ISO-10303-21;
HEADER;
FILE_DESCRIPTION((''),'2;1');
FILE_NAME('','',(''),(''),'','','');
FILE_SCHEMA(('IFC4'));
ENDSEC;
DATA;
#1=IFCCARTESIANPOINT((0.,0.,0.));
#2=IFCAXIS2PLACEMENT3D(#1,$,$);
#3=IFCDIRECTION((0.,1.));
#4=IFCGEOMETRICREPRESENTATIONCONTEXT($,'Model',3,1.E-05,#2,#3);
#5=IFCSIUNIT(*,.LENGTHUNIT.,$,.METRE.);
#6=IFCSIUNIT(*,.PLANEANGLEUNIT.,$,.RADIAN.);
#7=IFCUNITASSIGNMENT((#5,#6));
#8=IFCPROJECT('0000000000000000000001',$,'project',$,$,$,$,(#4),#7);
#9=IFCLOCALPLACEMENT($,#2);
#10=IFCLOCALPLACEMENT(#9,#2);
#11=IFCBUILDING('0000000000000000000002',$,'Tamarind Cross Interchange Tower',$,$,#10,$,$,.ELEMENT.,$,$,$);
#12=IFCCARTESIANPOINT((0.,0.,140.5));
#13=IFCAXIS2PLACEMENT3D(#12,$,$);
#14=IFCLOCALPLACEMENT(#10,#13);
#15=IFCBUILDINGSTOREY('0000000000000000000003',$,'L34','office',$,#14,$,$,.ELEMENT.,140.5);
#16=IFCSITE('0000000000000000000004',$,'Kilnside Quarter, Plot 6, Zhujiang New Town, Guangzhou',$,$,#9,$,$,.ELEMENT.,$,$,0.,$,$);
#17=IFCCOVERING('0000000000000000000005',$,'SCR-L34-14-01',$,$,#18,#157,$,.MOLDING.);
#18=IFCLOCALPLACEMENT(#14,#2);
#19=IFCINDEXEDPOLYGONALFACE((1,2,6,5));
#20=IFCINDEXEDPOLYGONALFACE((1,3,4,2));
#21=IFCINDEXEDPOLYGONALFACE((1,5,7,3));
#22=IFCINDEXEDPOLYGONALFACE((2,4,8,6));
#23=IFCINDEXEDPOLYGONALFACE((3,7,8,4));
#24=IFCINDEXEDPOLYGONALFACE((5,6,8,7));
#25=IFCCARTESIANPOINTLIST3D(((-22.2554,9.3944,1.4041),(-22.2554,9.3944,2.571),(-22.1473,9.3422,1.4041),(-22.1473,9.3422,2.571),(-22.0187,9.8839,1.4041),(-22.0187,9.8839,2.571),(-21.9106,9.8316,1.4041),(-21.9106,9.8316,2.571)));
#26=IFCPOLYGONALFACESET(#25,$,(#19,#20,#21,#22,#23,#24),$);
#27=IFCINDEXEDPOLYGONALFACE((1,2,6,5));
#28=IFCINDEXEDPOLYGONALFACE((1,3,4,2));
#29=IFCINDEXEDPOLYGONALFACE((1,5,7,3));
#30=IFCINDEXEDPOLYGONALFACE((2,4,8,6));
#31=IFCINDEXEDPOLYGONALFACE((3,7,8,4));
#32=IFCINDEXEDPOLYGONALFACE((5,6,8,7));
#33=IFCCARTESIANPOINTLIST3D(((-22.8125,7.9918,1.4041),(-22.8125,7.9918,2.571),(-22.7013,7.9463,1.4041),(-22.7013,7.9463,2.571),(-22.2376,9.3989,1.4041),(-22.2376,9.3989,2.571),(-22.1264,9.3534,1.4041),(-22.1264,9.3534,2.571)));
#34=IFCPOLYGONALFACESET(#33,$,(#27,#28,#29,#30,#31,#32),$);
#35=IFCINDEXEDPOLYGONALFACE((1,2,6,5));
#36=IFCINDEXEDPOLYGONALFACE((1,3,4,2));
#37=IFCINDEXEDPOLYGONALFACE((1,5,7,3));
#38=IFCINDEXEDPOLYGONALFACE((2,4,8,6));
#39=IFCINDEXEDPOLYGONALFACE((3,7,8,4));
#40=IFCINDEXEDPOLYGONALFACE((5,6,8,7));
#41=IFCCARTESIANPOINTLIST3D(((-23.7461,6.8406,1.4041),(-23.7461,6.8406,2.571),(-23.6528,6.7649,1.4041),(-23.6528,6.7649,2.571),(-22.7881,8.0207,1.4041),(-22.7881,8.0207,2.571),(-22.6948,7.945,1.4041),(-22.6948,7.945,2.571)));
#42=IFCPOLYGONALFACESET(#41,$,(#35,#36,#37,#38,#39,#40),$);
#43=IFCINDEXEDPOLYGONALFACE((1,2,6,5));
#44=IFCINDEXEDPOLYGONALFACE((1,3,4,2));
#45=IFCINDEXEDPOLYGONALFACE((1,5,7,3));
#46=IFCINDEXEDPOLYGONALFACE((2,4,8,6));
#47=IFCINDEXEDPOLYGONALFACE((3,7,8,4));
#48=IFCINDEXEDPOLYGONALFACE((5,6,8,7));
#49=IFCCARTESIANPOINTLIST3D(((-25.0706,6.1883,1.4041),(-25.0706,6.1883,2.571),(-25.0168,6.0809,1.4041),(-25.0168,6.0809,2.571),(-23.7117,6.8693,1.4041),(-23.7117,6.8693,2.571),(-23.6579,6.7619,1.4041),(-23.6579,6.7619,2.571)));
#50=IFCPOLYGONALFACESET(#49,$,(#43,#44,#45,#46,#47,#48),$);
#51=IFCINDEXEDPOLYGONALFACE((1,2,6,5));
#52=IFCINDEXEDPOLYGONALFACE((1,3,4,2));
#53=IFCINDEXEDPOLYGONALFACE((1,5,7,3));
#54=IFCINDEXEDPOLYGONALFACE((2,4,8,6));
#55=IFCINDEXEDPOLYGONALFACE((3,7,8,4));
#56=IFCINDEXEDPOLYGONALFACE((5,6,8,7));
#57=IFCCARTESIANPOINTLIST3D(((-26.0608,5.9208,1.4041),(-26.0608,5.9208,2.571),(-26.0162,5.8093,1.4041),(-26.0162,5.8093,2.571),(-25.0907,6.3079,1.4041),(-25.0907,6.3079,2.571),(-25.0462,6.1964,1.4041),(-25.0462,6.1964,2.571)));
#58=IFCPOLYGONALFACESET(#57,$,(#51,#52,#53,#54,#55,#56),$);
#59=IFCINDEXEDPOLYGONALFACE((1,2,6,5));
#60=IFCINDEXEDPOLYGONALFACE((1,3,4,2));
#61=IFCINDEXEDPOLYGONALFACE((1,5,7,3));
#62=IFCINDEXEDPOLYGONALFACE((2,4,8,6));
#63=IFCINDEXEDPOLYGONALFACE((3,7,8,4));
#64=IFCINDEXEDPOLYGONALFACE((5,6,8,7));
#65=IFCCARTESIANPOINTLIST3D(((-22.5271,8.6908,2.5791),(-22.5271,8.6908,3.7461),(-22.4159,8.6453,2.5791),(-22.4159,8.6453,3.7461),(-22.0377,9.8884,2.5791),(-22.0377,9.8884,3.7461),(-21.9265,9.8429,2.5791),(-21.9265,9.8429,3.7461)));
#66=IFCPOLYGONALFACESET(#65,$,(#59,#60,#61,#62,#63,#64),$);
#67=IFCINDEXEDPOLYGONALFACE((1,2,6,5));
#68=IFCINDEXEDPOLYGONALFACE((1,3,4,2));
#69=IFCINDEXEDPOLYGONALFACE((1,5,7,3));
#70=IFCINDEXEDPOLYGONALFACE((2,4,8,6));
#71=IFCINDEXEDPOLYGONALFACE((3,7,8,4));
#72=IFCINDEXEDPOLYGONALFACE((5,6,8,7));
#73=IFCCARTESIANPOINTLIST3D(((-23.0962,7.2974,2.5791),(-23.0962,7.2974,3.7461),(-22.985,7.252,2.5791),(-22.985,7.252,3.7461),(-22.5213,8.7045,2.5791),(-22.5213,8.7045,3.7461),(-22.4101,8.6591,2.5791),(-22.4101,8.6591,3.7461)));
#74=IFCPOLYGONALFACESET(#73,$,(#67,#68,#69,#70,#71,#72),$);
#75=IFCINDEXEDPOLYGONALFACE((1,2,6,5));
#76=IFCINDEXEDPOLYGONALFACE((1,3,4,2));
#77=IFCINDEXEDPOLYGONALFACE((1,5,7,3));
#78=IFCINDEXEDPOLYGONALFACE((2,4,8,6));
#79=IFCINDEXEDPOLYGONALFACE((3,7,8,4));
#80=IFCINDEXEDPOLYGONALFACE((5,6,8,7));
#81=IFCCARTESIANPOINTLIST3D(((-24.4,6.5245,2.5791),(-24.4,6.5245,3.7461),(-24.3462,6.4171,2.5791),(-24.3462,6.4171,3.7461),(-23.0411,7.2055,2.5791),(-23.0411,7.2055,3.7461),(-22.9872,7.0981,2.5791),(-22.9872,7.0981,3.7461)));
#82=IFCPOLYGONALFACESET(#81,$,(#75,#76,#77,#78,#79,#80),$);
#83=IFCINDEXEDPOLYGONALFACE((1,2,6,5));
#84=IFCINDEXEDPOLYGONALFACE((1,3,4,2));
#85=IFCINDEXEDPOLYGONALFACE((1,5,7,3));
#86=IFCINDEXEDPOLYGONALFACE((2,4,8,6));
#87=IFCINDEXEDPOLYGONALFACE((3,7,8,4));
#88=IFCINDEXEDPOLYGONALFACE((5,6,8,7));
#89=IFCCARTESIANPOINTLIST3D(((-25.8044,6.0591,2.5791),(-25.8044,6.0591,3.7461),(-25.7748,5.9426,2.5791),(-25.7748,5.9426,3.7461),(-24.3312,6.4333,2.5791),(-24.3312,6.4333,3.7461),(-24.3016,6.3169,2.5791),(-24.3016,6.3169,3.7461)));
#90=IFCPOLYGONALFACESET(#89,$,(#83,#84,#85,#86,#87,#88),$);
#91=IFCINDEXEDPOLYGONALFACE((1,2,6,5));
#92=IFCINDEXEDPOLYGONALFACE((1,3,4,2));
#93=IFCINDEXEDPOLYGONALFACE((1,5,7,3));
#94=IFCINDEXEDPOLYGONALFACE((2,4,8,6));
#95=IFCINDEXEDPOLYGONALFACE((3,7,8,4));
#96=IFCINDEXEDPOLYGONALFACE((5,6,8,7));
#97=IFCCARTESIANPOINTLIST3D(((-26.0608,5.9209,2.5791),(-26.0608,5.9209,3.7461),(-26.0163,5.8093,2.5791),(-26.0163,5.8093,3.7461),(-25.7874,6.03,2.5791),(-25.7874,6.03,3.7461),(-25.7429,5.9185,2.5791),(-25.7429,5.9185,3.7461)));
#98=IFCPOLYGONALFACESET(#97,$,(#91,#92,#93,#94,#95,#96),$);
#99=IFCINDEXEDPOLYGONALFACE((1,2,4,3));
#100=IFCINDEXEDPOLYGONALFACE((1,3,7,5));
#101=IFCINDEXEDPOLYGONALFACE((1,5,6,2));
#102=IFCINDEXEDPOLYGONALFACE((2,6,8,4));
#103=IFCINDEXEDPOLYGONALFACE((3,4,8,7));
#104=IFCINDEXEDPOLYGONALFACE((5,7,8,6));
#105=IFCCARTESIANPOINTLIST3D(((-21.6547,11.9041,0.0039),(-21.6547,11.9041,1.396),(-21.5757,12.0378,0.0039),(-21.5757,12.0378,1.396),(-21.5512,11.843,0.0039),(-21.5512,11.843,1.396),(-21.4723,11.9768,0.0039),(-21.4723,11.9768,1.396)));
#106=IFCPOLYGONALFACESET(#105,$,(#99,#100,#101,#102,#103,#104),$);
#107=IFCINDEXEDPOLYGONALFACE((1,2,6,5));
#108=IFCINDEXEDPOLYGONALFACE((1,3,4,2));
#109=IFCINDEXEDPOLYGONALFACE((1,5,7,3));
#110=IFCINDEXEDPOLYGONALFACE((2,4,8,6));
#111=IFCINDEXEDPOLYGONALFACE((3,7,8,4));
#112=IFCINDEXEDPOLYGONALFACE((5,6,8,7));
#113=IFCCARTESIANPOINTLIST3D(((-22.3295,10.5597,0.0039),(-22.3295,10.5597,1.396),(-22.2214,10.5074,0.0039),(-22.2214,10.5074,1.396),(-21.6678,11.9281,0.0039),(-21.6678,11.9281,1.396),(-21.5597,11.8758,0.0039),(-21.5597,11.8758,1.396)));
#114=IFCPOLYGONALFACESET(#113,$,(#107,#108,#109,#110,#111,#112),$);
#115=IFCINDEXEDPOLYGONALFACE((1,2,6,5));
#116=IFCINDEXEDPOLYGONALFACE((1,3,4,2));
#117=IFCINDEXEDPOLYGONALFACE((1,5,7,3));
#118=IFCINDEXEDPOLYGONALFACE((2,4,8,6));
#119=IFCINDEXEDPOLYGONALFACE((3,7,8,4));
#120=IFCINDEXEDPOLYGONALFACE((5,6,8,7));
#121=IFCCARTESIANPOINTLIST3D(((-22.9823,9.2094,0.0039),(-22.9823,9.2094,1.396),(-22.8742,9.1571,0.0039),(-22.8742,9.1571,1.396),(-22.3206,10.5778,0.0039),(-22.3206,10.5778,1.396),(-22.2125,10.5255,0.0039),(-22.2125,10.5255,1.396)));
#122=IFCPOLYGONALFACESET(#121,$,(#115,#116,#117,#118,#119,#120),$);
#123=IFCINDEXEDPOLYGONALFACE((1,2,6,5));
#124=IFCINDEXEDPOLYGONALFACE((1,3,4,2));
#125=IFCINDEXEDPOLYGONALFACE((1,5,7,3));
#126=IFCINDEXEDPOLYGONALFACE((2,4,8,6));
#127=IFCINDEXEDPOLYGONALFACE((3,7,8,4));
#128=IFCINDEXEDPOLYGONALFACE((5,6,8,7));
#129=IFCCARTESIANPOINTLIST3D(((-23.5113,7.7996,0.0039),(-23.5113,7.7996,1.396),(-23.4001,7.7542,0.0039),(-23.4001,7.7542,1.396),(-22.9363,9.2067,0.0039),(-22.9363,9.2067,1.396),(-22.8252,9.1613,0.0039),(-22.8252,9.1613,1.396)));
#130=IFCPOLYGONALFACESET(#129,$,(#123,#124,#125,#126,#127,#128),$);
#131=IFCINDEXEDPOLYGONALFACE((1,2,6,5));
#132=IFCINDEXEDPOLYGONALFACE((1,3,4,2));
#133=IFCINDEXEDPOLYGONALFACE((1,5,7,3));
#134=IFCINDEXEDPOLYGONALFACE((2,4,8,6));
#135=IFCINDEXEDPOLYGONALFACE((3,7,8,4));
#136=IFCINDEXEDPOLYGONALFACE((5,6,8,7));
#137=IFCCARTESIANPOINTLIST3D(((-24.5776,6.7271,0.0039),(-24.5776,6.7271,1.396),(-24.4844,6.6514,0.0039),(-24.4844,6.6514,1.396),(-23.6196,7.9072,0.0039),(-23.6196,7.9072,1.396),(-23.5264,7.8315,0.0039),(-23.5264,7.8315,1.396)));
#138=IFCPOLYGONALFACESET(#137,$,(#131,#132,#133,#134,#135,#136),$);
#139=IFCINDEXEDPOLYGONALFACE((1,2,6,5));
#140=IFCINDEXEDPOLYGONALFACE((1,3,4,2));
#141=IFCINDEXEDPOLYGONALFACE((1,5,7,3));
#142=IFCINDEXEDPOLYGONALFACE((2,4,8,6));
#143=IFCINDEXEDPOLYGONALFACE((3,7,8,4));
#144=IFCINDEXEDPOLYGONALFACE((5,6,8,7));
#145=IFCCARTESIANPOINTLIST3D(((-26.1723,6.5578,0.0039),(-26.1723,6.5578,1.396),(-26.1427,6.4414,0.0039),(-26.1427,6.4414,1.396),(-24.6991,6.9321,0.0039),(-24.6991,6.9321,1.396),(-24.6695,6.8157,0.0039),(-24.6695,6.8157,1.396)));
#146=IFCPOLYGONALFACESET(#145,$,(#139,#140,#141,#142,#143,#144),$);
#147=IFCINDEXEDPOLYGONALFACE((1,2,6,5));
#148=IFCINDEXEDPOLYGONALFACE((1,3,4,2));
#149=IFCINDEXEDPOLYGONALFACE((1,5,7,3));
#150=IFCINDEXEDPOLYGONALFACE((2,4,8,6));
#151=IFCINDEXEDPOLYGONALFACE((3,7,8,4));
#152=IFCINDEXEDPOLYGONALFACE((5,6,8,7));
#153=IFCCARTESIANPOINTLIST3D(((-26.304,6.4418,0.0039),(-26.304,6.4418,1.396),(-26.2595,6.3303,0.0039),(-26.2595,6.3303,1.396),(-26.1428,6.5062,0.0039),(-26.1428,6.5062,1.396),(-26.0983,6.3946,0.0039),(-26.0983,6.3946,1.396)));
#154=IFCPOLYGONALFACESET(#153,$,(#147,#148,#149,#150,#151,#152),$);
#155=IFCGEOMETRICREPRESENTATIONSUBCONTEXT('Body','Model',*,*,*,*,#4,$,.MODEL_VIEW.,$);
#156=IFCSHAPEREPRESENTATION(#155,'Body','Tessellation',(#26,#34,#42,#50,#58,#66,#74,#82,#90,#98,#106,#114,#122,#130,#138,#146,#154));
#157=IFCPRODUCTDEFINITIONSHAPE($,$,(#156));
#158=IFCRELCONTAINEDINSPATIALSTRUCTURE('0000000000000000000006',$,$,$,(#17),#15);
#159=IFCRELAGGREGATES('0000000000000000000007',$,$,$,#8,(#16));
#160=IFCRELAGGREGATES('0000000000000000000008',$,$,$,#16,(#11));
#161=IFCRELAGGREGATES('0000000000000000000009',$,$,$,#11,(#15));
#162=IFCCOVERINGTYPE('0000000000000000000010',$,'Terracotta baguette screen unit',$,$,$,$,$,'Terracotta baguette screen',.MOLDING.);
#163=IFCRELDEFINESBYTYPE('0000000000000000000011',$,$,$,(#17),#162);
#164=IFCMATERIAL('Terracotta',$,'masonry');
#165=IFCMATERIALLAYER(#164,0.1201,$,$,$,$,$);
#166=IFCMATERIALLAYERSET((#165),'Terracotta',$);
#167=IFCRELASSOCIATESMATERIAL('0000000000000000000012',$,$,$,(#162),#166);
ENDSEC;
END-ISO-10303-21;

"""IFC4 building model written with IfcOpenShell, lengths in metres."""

from ifc_helpers import new_model, si_unit, direction, frame, origin, origin_2d, place, context, subcontext, project, spatial, rectangle, extrude, material, layer, layer_set, type_object, element, save


model = new_model("IFC4")

# Units and contexts
model_context = context("Model", 3, precision=1e-05, world=origin(), true_north=direction((0.0, 1.0)))
body_context = subcontext(model_context, "Body", "Model", "MODEL_VIEW")
ifc_project = project(units=[si_unit("LENGTHUNIT", "METRE"), si_unit("PLANEANGLEUNIT", "RADIAN")], contexts=[model_context])

# Site, building, storey
site_placement = place(None, origin())
site = spatial("IfcSite", under=ifc_project, at=site_placement, Name="Kilnside Quarter, Plot 6, Zhujiang New Town, Guangzhou", CompositionType="ELEMENT", RefElevation=0.0)
building_placement = place(site_placement, origin())
building = spatial("IfcBuilding", under=site, at=building_placement, Name="Tamarind Cross Interchange Tower", CompositionType="ELEMENT")
storey_placement = place(building_placement, frame((0.0, 0.0, 140.5)))
storey = spatial("IfcBuildingStorey", under=building, at=storey_placement, Name="L34", Description="office", CompositionType="ELEMENT", Elevation=140.5)

# Covering
ifc_material_1 = material(Name="Terracotta", Category="masonry")
ifc_layer_1 = layer(ifc_material_1, 0.1201)
ifc_layer_set_1 = layer_set([ifc_layer_1], Name="Terracotta")
covering_type = type_object("IfcCoveringType", Name="Terracotta baguette screen unit", ElementType="Terracotta baguette screen", PredefinedType="MOLDING", material=ifc_layer_set_1)
covering_1_placement = place(storey_placement, origin())
element("IfcCovering", 1, at=covering_1_placement, inside=storey, type_object=covering_type, Name="SCR-L34-14-01", PredefinedType="MOLDING", context=body_context, shape_type="SweptSolid", body=[
    extrude(rectangle(XDim=0.5437, YDim=0.1201, at=origin_2d()), frame((-22.083, 9.613, 1.4041), z_axis=(0.0, 0.0, 1.0), x_axis=(-0.435326, -0.900273, 0.0)), (0.0, 0.0, 1.0), 1.167),
    extrude(rectangle(XDim=1.52, YDim=0.1201, at=origin_2d()), frame((-22.4695, 8.6726, 1.4041), z_axis=(0.0, 0.0, 1.0), x_axis=(-0.378237, -0.925709, 0.0)), (0.0, 0.0, 1.0), 1.167),
    extrude(rectangle(XDim=1.52, YDim=0.1201, at=origin_2d()), frame((-23.2205, 7.3928, 1.4041), z_axis=(0.0, 0.0, 1.0), x_axis=(-0.630279, -0.776369, 0.0)), (0.0, 0.0, 1.0), 1.167),
    extrude(rectangle(XDim=1.52, YDim=0.1201, at=origin_2d()), frame((-24.3643, 6.4751, 1.4041), z_axis=(0.0, 0.0, 1.0), x_axis=(-0.894011, -0.448045, 0.0)), (0.0, 0.0, 1.0), 1.167),
    extrude(rectangle(XDim=1.0444, YDim=0.1201, at=origin_2d()), frame((-25.5535, 6.0586, 1.4041), z_axis=(0.0, 0.0, 1.0), x_axis=(-0.928781, -0.370629, 0.0)), (0.0, 0.0, 1.0), 1.167),
    extrude(rectangle(XDim=1.2937, YDim=0.1201, at=origin_2d()), frame((-22.2268, 9.2668, 2.5791), z_axis=(0.0, 0.0, 1.0), x_axis=(-0.378237, -0.925709, 0.0)), (0.0, 0.0, 1.0), 1.167),
    extrude(rectangle(XDim=1.52, YDim=0.1201, at=origin_2d()), frame((-22.7532, 7.9783, 2.5791), z_axis=(0.0, 0.0, 1.0), x_axis=(-0.378237, -0.925709, 0.0)), (0.0, 0.0, 1.0), 1.167),
    extrude(rectangle(XDim=1.52, YDim=0.1201, at=origin_2d()), frame((-23.6936, 6.8113, 2.5791), z_axis=(0.0, 0.0, 1.0), x_axis=(-0.894011, -0.448045, 0.0)), (0.0, 0.0, 1.0), 1.167),
    extrude(rectangle(XDim=1.52, YDim=0.1201, at=origin_2d()), frame((-25.053, 6.188, 2.5791), z_axis=(0.0, 0.0, 1.0), x_axis=(-0.969212, -0.246228, 0.0)), (0.0, 0.0, 1.0), 1.167),
    extrude(rectangle(XDim=0.2944, YDim=0.1201, at=origin_2d()), frame((-25.9019, 5.9197, 2.5791), z_axis=(0.0, 0.0, 1.0), x_axis=(-0.928781, -0.370629, 0.0)), (0.0, 0.0, 1.0), 1.167),
    extrude(rectangle(XDim=0.1553, YDim=0.1201, at=origin_2d()), frame((-21.5635, 11.9404, 0.0039), z_axis=(0.0, 0.0, 1.0), x_axis=(-0.508183, -0.861249, 0.0)), (0.0, 0.0, 1.0), 1.3921),
    extrude(rectangle(XDim=1.52, YDim=0.1201, at=origin_2d()), frame((-21.9446, 11.2178, 0.0039), z_axis=(0.0, 0.0, 1.0), x_axis=(-0.435326, -0.900273, 0.0)), (0.0, 0.0, 1.0), 1.3921),
    extrude(rectangle(XDim=1.52, YDim=0.1201, at=origin_2d()), frame((-22.5974, 9.8674, 0.0039), z_axis=(0.0, 0.0, 1.0), x_axis=(-0.435326, -0.900273, 0.0)), (0.0, 0.0, 1.0), 1.3921),
    extrude(rectangle(XDim=1.52, YDim=0.1201, at=origin_2d()), frame((-23.1682, 8.4805, 0.0039), z_axis=(0.0, 0.0, 1.0), x_axis=(-0.378237, -0.925709, 0.0)), (0.0, 0.0, 1.0), 1.3921),
    extrude(rectangle(XDim=1.52, YDim=0.1201, at=origin_2d()), frame((-24.052, 7.2793, 0.0039), z_axis=(0.0, 0.0, 1.0), x_axis=(-0.630279, -0.776369, 0.0)), (0.0, 0.0, 1.0), 1.3921),
    extrude(rectangle(XDim=1.52, YDim=0.1201, at=origin_2d()), frame((-25.4209, 6.6868, 0.0039), z_axis=(0.0, 0.0, 1.0), x_axis=(-0.969212, -0.246228, 0.0)), (0.0, 0.0, 1.0), 1.3921),
    extrude(rectangle(XDim=0.1736, YDim=0.1201, at=origin_2d()), frame((-26.2012, 6.4182, 0.0039), z_axis=(0.0, 0.0, 1.0), x_axis=(-0.928781, -0.370629, 0.0)), (0.0, 0.0, 1.0), 1.3921),
])

save(model, "model.ifc")
